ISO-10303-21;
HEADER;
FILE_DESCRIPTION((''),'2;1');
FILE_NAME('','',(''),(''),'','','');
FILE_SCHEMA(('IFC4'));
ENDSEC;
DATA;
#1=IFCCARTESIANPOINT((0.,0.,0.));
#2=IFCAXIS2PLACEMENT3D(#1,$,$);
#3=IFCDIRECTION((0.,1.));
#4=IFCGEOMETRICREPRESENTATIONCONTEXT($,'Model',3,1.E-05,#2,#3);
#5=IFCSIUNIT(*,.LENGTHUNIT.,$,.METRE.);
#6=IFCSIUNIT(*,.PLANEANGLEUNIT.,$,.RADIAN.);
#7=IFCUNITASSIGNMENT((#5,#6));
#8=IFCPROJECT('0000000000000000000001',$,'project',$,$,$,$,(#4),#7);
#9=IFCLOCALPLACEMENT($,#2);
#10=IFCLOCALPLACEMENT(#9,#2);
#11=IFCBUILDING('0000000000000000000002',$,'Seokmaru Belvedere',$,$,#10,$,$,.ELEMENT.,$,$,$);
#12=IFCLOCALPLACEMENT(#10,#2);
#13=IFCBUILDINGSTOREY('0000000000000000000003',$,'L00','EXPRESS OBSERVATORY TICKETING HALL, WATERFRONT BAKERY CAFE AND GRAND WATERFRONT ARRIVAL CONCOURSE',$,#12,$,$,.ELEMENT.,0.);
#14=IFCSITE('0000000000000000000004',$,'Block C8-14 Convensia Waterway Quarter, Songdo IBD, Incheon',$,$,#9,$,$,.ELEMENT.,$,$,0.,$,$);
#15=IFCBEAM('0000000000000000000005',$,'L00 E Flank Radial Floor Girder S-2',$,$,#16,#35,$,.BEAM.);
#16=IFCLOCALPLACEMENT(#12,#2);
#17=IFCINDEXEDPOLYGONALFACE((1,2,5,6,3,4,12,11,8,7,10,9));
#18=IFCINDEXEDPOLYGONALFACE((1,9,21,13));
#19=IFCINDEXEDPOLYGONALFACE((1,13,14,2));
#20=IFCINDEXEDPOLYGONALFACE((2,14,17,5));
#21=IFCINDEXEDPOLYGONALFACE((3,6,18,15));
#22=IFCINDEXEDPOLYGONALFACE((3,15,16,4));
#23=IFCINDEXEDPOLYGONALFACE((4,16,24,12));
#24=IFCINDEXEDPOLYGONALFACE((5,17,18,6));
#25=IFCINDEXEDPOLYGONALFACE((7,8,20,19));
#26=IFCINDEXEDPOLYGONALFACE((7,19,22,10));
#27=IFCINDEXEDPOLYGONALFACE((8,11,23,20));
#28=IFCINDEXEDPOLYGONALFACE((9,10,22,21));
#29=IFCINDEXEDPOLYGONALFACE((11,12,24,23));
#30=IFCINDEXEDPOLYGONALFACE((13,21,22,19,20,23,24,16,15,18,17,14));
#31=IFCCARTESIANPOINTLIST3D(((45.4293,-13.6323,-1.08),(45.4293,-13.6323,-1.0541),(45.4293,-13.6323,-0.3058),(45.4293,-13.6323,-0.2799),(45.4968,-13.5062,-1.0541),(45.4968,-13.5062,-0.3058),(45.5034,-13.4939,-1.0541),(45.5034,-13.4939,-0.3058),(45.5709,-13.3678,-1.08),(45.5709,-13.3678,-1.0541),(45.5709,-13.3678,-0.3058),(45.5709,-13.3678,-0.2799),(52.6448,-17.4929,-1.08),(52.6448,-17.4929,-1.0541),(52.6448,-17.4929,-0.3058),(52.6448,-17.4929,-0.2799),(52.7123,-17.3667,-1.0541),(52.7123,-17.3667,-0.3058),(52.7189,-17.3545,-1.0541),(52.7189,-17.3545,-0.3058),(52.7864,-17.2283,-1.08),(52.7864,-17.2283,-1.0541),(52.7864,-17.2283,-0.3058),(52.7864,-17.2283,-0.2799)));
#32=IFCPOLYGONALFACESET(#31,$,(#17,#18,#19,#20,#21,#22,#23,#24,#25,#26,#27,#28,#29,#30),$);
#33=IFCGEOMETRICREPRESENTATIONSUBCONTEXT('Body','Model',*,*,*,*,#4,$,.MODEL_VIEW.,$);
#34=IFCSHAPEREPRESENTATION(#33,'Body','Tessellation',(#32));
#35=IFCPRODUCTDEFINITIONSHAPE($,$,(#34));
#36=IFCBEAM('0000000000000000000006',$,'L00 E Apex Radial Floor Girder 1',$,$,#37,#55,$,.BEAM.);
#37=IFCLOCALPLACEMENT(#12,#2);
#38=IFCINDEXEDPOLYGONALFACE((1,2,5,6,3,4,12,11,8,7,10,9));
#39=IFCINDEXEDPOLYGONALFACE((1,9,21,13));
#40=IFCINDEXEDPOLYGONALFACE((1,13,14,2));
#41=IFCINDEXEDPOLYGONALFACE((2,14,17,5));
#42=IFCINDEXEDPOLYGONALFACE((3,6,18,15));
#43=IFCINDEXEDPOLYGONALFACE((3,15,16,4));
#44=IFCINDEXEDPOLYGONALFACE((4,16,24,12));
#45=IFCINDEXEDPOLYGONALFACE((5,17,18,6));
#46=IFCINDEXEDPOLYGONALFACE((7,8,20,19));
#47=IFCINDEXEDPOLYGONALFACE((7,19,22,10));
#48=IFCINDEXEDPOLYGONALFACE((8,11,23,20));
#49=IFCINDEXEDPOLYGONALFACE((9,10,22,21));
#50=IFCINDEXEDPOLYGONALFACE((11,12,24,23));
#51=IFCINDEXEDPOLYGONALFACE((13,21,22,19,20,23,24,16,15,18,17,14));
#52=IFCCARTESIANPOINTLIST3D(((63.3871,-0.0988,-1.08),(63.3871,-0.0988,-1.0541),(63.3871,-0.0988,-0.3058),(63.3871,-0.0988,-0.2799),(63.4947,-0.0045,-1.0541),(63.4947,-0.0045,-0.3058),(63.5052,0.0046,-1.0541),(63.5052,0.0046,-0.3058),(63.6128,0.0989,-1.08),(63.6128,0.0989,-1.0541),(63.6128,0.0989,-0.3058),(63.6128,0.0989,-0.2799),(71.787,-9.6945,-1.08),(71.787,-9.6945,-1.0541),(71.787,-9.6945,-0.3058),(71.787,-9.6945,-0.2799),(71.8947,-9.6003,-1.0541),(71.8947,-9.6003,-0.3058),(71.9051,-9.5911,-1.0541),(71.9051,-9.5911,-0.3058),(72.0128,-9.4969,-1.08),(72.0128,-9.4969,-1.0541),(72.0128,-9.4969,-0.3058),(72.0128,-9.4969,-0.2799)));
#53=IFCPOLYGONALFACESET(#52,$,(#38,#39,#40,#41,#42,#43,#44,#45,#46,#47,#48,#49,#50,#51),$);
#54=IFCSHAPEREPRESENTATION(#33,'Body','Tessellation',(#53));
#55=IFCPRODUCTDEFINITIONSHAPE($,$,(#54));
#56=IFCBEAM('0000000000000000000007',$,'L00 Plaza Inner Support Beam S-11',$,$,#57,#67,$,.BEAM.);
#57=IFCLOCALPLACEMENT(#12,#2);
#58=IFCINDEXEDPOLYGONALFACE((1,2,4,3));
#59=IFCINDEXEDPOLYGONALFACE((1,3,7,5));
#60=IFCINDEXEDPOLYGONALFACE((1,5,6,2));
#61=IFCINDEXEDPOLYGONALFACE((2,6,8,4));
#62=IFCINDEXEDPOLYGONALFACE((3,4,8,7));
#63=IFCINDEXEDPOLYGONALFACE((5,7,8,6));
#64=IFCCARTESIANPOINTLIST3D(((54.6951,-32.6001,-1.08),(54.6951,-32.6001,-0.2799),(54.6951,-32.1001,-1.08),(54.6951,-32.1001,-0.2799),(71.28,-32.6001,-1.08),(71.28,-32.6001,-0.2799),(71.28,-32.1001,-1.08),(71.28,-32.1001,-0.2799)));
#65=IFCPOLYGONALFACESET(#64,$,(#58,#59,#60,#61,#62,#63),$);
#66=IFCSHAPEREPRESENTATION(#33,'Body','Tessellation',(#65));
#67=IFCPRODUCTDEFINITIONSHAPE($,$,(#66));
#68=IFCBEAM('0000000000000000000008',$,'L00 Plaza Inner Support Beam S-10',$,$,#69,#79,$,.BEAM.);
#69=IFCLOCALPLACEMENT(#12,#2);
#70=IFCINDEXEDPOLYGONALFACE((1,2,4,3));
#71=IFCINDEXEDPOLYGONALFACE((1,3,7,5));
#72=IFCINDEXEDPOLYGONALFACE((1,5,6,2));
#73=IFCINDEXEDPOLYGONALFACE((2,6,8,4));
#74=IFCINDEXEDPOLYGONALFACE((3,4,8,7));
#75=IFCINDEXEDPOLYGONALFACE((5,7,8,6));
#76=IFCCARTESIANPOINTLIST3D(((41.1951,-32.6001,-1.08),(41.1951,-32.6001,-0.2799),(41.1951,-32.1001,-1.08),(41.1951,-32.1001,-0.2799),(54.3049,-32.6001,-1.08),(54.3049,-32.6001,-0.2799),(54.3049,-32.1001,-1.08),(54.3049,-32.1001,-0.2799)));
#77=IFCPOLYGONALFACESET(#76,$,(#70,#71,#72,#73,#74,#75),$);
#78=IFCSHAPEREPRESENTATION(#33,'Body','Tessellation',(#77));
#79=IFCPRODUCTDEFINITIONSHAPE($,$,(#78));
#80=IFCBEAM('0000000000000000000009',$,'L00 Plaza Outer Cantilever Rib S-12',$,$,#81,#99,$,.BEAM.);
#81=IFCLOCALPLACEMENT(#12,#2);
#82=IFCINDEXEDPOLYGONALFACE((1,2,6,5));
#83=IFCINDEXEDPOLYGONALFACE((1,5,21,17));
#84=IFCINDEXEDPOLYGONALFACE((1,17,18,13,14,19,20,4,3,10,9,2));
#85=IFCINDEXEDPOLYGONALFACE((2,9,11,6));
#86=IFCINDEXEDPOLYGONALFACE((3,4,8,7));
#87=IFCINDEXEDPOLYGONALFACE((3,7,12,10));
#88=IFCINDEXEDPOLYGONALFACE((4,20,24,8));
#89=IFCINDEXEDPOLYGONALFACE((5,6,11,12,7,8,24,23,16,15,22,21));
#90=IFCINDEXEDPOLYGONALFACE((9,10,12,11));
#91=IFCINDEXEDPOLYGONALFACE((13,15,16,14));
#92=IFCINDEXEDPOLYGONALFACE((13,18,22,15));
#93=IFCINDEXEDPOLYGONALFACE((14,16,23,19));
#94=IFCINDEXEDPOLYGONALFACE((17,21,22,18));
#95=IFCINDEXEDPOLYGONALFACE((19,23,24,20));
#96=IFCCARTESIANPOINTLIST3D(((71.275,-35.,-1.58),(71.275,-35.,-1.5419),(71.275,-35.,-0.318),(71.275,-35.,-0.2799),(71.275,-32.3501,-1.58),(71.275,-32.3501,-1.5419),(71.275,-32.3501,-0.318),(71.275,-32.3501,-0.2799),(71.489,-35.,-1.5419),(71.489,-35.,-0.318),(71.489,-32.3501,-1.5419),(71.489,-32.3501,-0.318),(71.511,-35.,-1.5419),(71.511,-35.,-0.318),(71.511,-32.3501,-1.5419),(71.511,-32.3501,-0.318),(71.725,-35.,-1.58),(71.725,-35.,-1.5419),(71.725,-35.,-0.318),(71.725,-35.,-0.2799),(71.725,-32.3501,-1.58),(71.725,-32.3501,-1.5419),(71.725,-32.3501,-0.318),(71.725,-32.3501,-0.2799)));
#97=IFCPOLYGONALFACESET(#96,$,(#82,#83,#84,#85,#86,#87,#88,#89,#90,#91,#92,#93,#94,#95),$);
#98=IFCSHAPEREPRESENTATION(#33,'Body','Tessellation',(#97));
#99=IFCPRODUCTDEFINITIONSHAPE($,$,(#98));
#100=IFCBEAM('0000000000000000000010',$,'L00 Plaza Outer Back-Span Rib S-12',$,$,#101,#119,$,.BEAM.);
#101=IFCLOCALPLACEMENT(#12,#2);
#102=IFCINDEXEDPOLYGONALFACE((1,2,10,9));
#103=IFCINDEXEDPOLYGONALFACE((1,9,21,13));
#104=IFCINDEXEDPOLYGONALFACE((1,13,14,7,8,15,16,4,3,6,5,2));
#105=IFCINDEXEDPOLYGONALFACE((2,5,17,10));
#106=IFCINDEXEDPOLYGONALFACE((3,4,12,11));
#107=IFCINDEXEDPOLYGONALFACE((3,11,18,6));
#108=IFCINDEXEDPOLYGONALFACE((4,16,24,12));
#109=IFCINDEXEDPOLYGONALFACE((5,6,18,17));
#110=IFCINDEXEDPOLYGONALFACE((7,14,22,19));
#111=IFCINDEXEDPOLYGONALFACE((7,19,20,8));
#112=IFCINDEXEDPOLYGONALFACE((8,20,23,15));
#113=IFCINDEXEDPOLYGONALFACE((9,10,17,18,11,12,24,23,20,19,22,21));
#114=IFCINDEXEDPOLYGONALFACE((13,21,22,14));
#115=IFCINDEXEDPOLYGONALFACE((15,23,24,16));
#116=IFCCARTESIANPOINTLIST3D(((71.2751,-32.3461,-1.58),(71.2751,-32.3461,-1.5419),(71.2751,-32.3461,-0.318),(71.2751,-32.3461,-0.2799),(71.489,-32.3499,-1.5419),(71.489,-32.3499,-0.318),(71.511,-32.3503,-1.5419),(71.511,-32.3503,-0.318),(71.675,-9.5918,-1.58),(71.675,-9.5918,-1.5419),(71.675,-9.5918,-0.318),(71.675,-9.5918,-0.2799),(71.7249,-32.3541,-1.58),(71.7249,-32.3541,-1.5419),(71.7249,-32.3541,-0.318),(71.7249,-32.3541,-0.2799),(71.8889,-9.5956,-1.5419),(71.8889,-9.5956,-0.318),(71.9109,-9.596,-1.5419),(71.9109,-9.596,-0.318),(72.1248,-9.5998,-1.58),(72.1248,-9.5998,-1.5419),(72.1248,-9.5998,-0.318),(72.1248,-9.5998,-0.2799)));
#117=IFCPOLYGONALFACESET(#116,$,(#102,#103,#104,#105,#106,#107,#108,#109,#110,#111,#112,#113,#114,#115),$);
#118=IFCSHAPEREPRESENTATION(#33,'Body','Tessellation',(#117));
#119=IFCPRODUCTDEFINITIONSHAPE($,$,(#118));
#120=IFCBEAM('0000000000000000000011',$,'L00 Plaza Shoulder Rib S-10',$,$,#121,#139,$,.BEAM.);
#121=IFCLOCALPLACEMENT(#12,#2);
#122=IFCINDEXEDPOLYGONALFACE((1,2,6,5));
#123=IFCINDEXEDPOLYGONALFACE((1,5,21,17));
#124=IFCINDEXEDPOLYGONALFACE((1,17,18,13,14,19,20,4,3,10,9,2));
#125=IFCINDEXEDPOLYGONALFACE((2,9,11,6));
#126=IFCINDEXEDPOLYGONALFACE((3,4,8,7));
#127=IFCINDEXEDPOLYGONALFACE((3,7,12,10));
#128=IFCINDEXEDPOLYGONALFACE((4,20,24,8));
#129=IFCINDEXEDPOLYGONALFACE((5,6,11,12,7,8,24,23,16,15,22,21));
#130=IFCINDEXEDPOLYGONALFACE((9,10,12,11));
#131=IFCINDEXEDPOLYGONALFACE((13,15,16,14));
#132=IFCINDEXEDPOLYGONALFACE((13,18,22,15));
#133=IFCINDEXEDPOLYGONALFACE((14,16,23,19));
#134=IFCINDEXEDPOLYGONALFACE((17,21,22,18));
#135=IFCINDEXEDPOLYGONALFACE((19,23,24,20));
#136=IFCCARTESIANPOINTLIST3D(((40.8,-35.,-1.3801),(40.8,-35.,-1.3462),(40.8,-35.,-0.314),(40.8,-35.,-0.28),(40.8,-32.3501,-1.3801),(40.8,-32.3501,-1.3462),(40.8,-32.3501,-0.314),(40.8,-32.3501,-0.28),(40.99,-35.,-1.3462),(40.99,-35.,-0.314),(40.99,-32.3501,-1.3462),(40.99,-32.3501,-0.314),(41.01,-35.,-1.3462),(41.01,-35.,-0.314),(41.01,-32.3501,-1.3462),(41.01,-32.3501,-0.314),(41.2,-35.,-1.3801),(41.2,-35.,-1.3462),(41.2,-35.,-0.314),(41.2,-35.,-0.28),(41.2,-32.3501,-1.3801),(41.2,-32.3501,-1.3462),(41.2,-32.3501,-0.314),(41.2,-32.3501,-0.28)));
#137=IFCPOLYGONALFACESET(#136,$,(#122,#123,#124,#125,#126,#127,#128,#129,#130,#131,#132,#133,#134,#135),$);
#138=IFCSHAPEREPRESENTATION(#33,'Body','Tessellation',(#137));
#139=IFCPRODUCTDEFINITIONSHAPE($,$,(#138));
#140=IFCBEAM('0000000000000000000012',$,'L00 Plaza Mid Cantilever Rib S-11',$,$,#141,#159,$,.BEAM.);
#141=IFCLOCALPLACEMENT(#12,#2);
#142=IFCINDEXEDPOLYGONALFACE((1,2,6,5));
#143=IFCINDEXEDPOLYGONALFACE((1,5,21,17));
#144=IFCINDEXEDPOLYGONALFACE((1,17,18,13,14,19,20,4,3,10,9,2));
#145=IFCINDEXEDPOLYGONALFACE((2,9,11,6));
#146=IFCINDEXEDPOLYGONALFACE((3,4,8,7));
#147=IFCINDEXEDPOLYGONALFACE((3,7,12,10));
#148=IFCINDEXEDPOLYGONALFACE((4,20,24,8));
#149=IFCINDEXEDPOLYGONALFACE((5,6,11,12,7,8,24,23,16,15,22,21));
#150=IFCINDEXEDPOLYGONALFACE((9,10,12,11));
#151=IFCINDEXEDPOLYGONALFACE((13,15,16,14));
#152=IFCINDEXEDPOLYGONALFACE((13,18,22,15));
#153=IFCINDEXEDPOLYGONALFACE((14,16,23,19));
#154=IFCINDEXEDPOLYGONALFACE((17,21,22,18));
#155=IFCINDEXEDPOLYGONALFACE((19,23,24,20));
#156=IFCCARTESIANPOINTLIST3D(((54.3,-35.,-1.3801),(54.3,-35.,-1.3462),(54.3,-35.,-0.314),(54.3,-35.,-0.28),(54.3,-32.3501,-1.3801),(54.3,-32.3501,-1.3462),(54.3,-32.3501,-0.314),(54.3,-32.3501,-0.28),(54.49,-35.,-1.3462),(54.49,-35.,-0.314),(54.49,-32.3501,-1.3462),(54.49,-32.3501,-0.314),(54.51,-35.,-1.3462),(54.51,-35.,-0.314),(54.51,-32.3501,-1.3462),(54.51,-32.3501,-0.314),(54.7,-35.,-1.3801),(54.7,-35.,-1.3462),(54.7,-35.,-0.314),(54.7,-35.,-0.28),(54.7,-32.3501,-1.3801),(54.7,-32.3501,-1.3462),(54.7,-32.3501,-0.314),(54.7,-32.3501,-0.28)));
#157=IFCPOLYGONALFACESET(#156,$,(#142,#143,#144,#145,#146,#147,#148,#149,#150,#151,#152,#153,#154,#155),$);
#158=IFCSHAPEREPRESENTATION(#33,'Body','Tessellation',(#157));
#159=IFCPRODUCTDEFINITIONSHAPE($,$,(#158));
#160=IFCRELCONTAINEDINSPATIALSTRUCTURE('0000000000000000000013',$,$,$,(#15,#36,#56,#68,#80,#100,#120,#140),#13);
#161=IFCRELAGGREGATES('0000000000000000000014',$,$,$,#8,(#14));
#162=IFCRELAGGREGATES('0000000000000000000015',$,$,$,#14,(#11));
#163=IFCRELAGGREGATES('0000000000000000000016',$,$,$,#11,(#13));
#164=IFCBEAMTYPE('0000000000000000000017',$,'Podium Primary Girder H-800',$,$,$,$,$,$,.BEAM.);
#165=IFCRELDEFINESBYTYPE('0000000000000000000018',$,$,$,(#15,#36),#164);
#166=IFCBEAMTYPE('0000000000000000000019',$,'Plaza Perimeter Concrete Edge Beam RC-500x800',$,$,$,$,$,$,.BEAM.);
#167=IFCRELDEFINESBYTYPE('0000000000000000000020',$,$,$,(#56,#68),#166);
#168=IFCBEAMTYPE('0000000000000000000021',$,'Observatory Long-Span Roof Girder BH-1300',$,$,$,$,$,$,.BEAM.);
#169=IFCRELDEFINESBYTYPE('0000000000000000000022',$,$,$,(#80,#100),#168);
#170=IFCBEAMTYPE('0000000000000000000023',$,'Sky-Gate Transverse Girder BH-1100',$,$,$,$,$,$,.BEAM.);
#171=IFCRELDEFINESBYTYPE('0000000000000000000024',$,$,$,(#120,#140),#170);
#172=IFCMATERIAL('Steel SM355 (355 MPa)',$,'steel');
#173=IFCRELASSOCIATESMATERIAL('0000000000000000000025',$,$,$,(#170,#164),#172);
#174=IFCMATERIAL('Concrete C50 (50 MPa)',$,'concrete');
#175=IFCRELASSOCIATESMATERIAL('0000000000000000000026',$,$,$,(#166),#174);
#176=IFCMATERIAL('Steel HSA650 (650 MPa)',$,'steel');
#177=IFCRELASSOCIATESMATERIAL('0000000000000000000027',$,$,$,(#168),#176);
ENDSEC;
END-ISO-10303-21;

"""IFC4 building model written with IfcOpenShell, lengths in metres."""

from ifc_helpers import new_model, si_unit, direction, frame, origin, origin_2d, place, context, subcontext, project, spatial, rectangle, i_section, extrude, source, transform, mapped, material, material_profile, profile_set, type_object, type_shapes, element, save


model = new_model("IFC4")

# Units and contexts
model_context = context("Model", 3, precision=1e-05, world=origin(), true_north=direction((0.0, 1.0)))
body_context = subcontext(model_context, "Body", "Model", "MODEL_VIEW")
ifc_project = project(units=[si_unit("LENGTHUNIT", "METRE"), si_unit("PLANEANGLEUNIT", "RADIAN")], contexts=[model_context])

# Site, building, storey
site_placement = place(None, origin())
site = spatial("IfcSite", under=ifc_project, at=site_placement, Name="Block C8-14 Convensia Waterway Quarter, Songdo IBD, Incheon", CompositionType="ELEMENT", RefElevation=0.0)
building_placement = place(site_placement, origin())
building = spatial("IfcBuilding", under=site, at=building_placement, Name="Seokmaru Belvedere", CompositionType="ELEMENT")
storey_placement = place(building_placement, origin())
storey = spatial("IfcBuildingStorey", under=building, at=storey_placement, Name="L00", Description="EXPRESS OBSERVATORY TICKETING HALL, WATERFRONT BAKERY CAFE AND GRAND WATERFRONT ARRIVAL CONCOURSE", CompositionType="ELEMENT", Elevation=0.0)

# Shared definitions
ifc_material_1 = material(Name="Steel HSA650 (650 MPa)", Category="steel")
ifc_material_2 = material(Name="Steel SM355 (355 MPa)", Category="steel")

# Beams
ifc_material_profile_1 = material_profile(ifc_material_2, i_section(OverallWidth=0.3999, OverallDepth=1.1001, WebThickness=0.02, FlangeThickness=0.0339, at=origin_2d()), Name="BH-1100x400x20x34")
ifc_profile_set_1 = profile_set([ifc_material_profile_1], Name="Steel SM355 (355 MPa)")
beam_type_1 = type_object("IfcBeamType", Name="Sky-Gate Transverse Girder BH-1100", PredefinedType="BEAM", material=ifc_profile_set_1)
ifc_material_3 = material(Name="Concrete C50 (50 MPa)", Category="concrete")
ifc_material_profile_2 = material_profile(ifc_material_3, rectangle(XDim=0.5, YDim=0.8, at=origin_2d()), Name="RC-500x800")
ifc_profile_set_2 = profile_set([ifc_material_profile_2], Name="Concrete C50 (50 MPa)")
beam_type_2 = type_object("IfcBeamType", Name="Plaza Perimeter Concrete Edge Beam RC-500x800", PredefinedType="BEAM", material=ifc_profile_set_2)
ifc_material_profile_3 = material_profile(ifc_material_2, i_section(OverallWidth=0.3, OverallDepth=0.8, WebThickness=0.0139, FlangeThickness=0.0259, at=origin_2d()), Name="H-800x300x14x26")
ifc_profile_set_3 = profile_set([ifc_material_profile_3], Name="Steel SM355 (355 MPa)")
beam_type_3 = type_object("IfcBeamType", Name="Podium Primary Girder H-800", PredefinedType="BEAM", material=ifc_profile_set_3)
shared_shape_1 = source(origin(), body_context, "Body", "SweptSolid", [
    extrude(i_section(OverallWidth=0.3, OverallDepth=0.8, WebThickness=0.0139, FlangeThickness=0.0259, at=origin_2d()), origin(), (0.0, 0.0, 1.0), 8.1833),
])
beam_1_placement = place(storey_placement, frame((52.7156, -17.3606, -0.6799), z_axis=(-0.881729, 0.471757, 0.0), x_axis=(-0.471757, -0.881729, 0.0)))
element("IfcBeam", 1, at=beam_1_placement, inside=storey, type_object=beam_type_3, Name="L00 E Flank Radial Floor Girder S-2", PredefinedType="BEAM", context=body_context, shape_type="MappedRepresentation", body=[
    mapped(shared_shape_1, transform((0.0, 0.0, 0.0), scale=1.0)),
])
shared_shape_2 = source(origin(), body_context, "Body", "SweptSolid", [
    extrude(i_section(OverallWidth=0.3, OverallDepth=0.8, WebThickness=0.0139, FlangeThickness=0.0259, at=origin_2d()), origin(), (0.0, 0.0, 1.0), 12.7529),
])
beam_2_placement = place(storey_placement, frame((71.8999, -9.5957, -0.6799), z_axis=(-0.658667, 0.752434, 0.0), x_axis=(-0.752434, -0.658667, 0.0)))
element("IfcBeam", 2, at=beam_2_placement, inside=storey, type_object=beam_type_3, Name="L00 E Apex Radial Floor Girder 1", PredefinedType="BEAM", context=body_context, shape_type="MappedRepresentation", body=[
    mapped(shared_shape_2, transform((0.0, 0.0, 0.0), scale=1.0)),
])
shared_shape_3 = source(origin(), body_context, "Body", "SweptSolid", [
    extrude(rectangle(XDim=0.5, YDim=0.8, at=origin_2d()), origin(), (0.0, 0.0, 1.0), 16.585),
])
beam_3_placement = place(storey_placement, frame((54.6951, -32.3501, -0.6799), z_axis=(1.0, 0.0, 0.0), x_axis=(0.0, 1.0, 0.0)))
element("IfcBeam", 3, at=beam_3_placement, inside=storey, type_object=beam_type_2, Name="L00 Plaza Inner Support Beam S-11", PredefinedType="BEAM", context=body_context, shape_type="MappedRepresentation", body=[
    mapped(shared_shape_3, transform((0.0, 0.0, 0.0), scale=1.0)),
])
shared_shape_4 = source(origin(), body_context, "Body", "SweptSolid", [
    extrude(rectangle(XDim=0.5, YDim=0.8, at=origin_2d()), origin(), (0.0, 0.0, 1.0), 13.1099),
])
beam_4_placement = place(storey_placement, frame((41.1951, -32.3501, -0.6799), z_axis=(1.0, 0.0, 0.0), x_axis=(0.0, 1.0, 0.0)))
element("IfcBeam", 4, at=beam_4_placement, inside=storey, type_object=beam_type_2, Name="L00 Plaza Inner Support Beam S-10", PredefinedType="BEAM", context=body_context, shape_type="MappedRepresentation", body=[
    mapped(shared_shape_4, transform((0.0, 0.0, 0.0), scale=1.0)),
])
ifc_material_profile_4 = material_profile(ifc_material_1, i_section(OverallWidth=0.45, OverallDepth=1.3, WebThickness=0.022, FlangeThickness=0.0381, at=origin_2d()), Name="BH-1300x450x22x38")
ifc_profile_set_4 = profile_set([ifc_material_profile_4], Name="Steel HSA650 (650 MPa)")
beam_type_4 = type_object("IfcBeamType", Name="Observatory Long-Span Roof Girder BH-1300", PredefinedType="BEAM", material=ifc_profile_set_4)
shared_shape_5 = source(origin(), body_context, "Body", "SweptSolid", [
    extrude(i_section(OverallWidth=0.45, OverallDepth=1.3, WebThickness=0.022, FlangeThickness=0.0381, at=origin_2d()), origin(), (0.0, 0.0, 1.0), 2.6499),
])
beam_5_placement = place(storey_placement, frame((71.5, -35.0, -0.9299), z_axis=(0.0, 1.0, 0.0), x_axis=(-1.0, 0.0, 0.0)))
element("IfcBeam", 5, at=beam_5_placement, inside=storey, type_object=beam_type_4, Name="L00 Plaza Outer Cantilever Rib S-12", PredefinedType="BEAM", context=body_context, shape_type="MappedRepresentation", body=[
    mapped(shared_shape_5, transform((0.0, 0.0, 0.0), scale=1.0)),
])
shared_shape_6 = source(origin(), body_context, "Body", "SweptSolid", [
    extrude(i_section(OverallWidth=0.45, OverallDepth=1.3, WebThickness=0.022, FlangeThickness=0.0381, at=origin_2d()), origin(), (0.0, 0.0, 1.0), 22.7578),
])
type_shapes(beam_type_4, [shared_shape_5, shared_shape_6])
beam_6_placement = place(storey_placement, frame((71.5, -32.3501, -0.9299), z_axis=(0.017572, 0.999846, 0.0), x_axis=(-0.999846, 0.017572, 0.0)))
element("IfcBeam", 6, at=beam_6_placement, inside=storey, type_object=beam_type_4, Name="L00 Plaza Outer Back-Span Rib S-12", PredefinedType="BEAM", context=body_context, shape_type="MappedRepresentation", body=[
    mapped(shared_shape_6, transform((0.0, 0.0, 0.0), scale=1.0)),
])
shared_shape_7 = source(origin(), body_context, "Body", "SweptSolid", [
    extrude(i_section(OverallWidth=0.3999, OverallDepth=1.1001, WebThickness=0.02, FlangeThickness=0.0339, at=origin_2d()), origin(), (0.0, 0.0, 1.0), 2.6499),
])
for number, where, z_axis, x_axis, name in (
    (7, (41.0, -35.0, -0.8301), (0.0, 1.0, 0.0), (-1.0, 0.0, 0.0), "L00 Plaza Shoulder Rib S-10"),
    (8, (54.5, -35.0, -0.8301), (0.0, 1.0, 0.0), (-1.0, 0.0, 0.0), "L00 Plaza Mid Cantilever Rib S-11"),
):
    element("IfcBeam", number, at=place(storey_placement, frame(where, z_axis=z_axis, x_axis=x_axis)), inside=storey, type_object=beam_type_1, Name=name, PredefinedType="BEAM", context=body_context, shape_type="MappedRepresentation", body=[
        mapped(shared_shape_7, transform((0.0, 0.0, 0.0), scale=1.0)),
    ])

save(model, "model.ifc")
